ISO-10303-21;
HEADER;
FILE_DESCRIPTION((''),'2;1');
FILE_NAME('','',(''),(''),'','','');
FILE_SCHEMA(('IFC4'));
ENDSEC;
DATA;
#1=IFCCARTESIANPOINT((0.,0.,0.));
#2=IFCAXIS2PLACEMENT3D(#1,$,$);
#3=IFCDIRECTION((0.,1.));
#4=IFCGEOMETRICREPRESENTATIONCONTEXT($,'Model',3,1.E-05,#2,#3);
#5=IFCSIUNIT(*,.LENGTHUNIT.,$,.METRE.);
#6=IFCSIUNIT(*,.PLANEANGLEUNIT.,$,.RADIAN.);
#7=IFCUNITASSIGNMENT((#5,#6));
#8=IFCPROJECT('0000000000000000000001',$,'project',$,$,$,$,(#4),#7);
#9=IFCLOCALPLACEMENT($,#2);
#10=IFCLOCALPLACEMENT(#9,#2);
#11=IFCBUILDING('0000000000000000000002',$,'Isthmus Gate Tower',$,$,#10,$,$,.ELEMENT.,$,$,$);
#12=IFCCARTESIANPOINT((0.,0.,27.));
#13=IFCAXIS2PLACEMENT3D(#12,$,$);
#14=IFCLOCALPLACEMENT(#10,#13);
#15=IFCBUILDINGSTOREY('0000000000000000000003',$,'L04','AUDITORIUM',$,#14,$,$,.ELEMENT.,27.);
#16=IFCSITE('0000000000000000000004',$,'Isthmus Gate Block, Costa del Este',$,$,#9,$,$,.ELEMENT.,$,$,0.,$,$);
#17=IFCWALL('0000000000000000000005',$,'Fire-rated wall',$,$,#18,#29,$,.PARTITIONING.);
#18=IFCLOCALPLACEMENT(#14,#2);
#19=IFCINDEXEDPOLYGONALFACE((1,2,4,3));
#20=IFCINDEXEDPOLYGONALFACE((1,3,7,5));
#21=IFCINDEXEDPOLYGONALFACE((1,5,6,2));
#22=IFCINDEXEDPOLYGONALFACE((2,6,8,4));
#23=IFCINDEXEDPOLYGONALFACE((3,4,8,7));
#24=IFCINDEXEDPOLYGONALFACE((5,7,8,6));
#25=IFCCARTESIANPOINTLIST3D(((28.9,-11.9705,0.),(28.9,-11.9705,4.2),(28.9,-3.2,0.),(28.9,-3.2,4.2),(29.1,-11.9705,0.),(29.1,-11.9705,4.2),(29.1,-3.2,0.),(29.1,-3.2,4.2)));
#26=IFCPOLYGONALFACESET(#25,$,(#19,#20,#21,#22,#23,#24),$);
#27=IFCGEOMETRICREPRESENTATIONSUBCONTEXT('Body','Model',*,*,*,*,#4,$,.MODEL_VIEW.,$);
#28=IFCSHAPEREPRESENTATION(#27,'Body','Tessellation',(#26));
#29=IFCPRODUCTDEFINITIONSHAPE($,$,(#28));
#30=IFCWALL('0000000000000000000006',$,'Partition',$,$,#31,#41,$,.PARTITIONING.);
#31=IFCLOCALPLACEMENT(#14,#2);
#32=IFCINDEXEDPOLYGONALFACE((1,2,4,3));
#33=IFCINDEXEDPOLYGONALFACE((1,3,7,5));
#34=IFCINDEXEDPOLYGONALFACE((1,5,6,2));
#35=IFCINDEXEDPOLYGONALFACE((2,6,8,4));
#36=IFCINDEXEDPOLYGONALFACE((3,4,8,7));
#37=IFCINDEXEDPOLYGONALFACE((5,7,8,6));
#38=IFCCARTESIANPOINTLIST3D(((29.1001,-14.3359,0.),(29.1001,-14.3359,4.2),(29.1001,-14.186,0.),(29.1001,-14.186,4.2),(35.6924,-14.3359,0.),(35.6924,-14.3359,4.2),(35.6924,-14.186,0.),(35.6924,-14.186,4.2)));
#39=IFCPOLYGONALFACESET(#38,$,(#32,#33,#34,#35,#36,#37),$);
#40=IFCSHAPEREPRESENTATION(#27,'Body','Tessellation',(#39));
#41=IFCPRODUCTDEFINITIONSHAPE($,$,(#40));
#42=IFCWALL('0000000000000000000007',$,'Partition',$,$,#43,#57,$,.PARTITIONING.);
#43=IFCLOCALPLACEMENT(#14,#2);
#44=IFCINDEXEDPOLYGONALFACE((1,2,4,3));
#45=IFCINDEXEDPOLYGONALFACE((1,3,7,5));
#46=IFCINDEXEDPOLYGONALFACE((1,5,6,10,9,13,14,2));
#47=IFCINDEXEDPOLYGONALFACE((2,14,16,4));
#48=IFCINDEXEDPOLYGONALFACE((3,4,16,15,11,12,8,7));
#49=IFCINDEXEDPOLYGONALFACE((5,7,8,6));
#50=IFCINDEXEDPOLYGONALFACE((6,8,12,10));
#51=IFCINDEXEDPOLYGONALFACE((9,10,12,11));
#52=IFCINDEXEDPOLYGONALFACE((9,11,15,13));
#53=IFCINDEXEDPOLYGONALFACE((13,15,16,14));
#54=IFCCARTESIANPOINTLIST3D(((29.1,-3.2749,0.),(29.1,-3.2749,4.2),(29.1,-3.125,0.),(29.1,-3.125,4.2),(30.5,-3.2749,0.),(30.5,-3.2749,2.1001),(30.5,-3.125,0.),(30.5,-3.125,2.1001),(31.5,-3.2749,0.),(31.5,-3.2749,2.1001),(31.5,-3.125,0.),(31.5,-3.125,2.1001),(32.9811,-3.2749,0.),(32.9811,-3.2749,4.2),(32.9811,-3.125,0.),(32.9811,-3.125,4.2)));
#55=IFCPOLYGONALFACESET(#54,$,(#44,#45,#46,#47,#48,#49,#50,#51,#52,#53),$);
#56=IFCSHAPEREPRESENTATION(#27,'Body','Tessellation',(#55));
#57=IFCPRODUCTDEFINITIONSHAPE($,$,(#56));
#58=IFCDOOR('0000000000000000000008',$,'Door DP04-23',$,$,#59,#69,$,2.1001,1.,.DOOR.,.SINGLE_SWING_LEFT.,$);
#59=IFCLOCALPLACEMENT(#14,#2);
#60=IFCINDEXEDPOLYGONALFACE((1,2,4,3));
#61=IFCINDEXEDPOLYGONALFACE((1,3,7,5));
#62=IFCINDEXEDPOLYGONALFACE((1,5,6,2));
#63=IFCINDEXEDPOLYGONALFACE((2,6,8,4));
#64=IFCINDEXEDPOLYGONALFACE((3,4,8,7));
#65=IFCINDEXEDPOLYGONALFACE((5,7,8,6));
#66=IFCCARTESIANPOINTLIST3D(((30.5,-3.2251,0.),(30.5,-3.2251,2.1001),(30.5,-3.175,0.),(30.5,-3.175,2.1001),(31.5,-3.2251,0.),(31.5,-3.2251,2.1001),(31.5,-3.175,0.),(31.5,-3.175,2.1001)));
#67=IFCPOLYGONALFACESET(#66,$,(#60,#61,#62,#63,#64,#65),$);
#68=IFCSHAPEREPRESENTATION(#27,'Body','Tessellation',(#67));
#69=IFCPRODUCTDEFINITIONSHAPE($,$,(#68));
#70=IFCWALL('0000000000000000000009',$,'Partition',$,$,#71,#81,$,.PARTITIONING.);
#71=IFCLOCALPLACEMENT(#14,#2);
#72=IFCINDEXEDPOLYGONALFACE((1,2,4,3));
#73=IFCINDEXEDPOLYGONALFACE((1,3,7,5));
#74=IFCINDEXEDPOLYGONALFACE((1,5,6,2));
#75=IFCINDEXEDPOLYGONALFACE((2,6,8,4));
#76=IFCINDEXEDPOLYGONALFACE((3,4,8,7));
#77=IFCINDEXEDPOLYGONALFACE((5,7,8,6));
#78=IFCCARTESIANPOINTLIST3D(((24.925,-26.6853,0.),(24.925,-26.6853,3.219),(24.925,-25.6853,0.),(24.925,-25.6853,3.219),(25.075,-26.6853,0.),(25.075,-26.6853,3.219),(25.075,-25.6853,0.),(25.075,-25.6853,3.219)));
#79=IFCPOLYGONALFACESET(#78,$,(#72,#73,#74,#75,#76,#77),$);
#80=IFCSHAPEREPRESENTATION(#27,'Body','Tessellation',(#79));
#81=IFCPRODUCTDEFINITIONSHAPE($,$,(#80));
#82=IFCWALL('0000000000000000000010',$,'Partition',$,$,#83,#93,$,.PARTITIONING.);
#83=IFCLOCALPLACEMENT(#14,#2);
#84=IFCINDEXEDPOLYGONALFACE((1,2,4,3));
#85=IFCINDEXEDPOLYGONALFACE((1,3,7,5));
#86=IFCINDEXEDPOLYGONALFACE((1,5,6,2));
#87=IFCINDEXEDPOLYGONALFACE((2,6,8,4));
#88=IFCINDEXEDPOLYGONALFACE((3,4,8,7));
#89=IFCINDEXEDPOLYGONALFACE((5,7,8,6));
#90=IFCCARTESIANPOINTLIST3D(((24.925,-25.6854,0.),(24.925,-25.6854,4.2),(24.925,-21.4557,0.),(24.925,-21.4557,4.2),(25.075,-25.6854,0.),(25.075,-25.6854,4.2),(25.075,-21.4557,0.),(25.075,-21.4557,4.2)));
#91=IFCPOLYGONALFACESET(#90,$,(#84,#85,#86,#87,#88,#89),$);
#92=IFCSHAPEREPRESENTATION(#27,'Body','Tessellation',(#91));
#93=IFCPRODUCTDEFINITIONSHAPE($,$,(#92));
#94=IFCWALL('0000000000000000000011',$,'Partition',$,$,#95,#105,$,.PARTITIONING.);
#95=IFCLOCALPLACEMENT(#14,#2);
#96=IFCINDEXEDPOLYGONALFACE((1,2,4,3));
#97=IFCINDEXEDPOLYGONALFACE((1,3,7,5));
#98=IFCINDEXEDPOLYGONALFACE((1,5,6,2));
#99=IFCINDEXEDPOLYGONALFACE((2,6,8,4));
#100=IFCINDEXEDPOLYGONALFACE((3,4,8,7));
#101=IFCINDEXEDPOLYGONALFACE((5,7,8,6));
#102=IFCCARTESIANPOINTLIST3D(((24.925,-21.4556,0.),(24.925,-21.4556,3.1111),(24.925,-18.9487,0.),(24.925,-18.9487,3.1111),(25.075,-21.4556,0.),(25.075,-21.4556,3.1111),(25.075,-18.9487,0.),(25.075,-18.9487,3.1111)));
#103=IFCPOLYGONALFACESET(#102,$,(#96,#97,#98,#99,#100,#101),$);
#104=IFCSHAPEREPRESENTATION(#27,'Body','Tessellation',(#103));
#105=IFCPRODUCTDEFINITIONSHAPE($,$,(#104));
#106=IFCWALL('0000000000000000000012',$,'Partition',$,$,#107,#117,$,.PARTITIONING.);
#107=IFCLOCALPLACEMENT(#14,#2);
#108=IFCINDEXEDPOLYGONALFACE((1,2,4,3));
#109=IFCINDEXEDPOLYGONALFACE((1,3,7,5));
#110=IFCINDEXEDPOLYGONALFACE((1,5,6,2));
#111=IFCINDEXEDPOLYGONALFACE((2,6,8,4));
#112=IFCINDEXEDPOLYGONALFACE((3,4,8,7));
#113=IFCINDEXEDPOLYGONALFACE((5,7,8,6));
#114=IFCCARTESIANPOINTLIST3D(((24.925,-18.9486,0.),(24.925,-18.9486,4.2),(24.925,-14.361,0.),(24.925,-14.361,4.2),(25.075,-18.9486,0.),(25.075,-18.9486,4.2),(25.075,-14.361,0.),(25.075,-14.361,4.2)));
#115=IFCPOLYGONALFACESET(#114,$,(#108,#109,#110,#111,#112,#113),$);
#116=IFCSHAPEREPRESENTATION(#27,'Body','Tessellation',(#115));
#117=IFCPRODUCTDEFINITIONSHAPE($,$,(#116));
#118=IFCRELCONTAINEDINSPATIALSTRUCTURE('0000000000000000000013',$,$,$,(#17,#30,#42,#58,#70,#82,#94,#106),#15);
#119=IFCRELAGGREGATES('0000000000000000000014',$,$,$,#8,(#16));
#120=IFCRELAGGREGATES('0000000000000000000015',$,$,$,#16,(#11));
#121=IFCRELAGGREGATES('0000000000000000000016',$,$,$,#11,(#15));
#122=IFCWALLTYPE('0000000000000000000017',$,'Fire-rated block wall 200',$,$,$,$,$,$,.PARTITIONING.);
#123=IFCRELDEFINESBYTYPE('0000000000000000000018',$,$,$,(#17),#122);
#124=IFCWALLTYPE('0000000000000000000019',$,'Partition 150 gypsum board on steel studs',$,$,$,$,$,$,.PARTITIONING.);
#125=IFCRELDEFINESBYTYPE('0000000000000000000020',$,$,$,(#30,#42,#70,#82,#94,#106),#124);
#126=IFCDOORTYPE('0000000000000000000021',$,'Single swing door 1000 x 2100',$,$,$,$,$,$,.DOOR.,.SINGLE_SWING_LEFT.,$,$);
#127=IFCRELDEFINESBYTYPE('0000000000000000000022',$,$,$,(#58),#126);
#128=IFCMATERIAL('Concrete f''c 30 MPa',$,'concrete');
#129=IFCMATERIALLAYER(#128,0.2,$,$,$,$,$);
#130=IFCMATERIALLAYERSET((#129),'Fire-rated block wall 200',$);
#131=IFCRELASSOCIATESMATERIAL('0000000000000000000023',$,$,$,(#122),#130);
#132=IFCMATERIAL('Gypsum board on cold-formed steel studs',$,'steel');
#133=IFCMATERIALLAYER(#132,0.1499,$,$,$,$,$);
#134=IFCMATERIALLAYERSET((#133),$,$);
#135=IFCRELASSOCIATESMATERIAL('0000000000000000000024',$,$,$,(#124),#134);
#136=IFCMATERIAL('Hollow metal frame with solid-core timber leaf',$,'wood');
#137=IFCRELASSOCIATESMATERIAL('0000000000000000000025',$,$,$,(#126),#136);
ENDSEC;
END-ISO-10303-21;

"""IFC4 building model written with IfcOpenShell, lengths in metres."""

from ifc_helpers import new_model, si_unit, direction, frame, frame_2d, origin, place, context, subcontext, project, spatial, rectangle, extrude, material, layer, layer_set, type_object, element, fill, save


model = new_model("IFC4")

# Units and contexts
model_context = context("Model", 3, precision=1e-05, world=origin(), true_north=direction((0.0, 1.0)))
body_context = subcontext(model_context, "Body", "Model", "MODEL_VIEW")
ifc_project = project(units=[si_unit("LENGTHUNIT", "METRE"), si_unit("PLANEANGLEUNIT", "RADIAN")], contexts=[model_context])

# Site, building, storey
site_placement = place(None, origin())
site = spatial("IfcSite", under=ifc_project, at=site_placement, Name="Isthmus Gate Block, Costa del Este", CompositionType="ELEMENT", RefElevation=0.0)
building_placement = place(site_placement, origin())
building = spatial("IfcBuilding", under=site, at=building_placement, Name="Isthmus Gate Tower", CompositionType="ELEMENT")
storey_placement = place(building_placement, frame((0.0, 0.0, 27.0)))
storey = spatial("IfcBuildingStorey", under=building, at=storey_placement, Name="L04", Description="AUDITORIUM", CompositionType="ELEMENT", Elevation=27.0)

# Shared definitions
ifc_material_1 = material(Name="Concrete f'c 30 MPa", Category="concrete")
ifc_layer_1 = layer(ifc_material_1, 0.2)
ifc_layer_set_1 = layer_set([ifc_layer_1], Name="Fire-rated block wall 200")
wall_type_1 = type_object("IfcWallType", Name="Fire-rated block wall 200", PredefinedType="PARTITIONING", material=ifc_layer_set_1)

# Walls
wall_1_placement = place(storey_placement, frame((29.0, -11.9705, 0.0), z_axis=(0.0, 0.0, 1.0), x_axis=(0.0, 1.0, 0.0)))
element("IfcWall", 1, at=wall_1_placement, inside=storey, type_object=wall_type_1, Name="Fire-rated wall", PredefinedType="PARTITIONING", context=body_context, shape_type="SweptSolid", body=[
    extrude(rectangle(XDim=8.7705, YDim=0.2, at=frame_2d((4.3853, 0.0))), origin(), (0.0, 0.0, 1.0), 4.2),
])
ifc_material_2 = material(Name="Gypsum board on cold-formed steel studs", Category="steel")
ifc_layer_2 = layer(ifc_material_2, 0.1499)
ifc_layer_set_2 = layer_set([ifc_layer_2])
wall_type_2 = type_object("IfcWallType", Name="Partition 150 gypsum board on steel studs", PredefinedType="PARTITIONING", material=ifc_layer_set_2)
wall_2_placement = place(storey_placement, frame((29.1001, -14.261, 0.0), z_axis=(0.0, 0.0, 1.0), x_axis=(1.0, 0.0, 0.0)))
element("IfcWall", 2, at=wall_2_placement, inside=storey, type_object=wall_type_2, Name="Partition", PredefinedType="PARTITIONING", context=body_context, shape_type="SweptSolid", body=[
    extrude(rectangle(XDim=6.5923, YDim=0.1499, at=frame_2d((3.2961, 0.0))), origin(), (0.0, 0.0, 1.0), 4.2),
])

# Wall, opening, door
wall_3_placement = place(storey_placement, frame((29.1001, -3.2, 0.0), z_axis=(0.0, 0.0, 1.0), x_axis=(1.0, 0.0, 0.0)))
wall_3 = element("IfcWall", 3, at=wall_3_placement, inside=storey, type_object=wall_type_2, Name="Partition", PredefinedType="PARTITIONING", context=body_context, shape_type="SweptSolid", body=[
    extrude(rectangle(XDim=3.8811, YDim=0.1499, at=frame_2d((1.9404, 0.0))), origin(), (0.0, 0.0, 1.0), 4.2),
])
opening_1_placement = place(wall_3_placement, frame((1.3999, 0.0, 0.0)))
opening_1 = element("IfcOpeningElement", 4, at=opening_1_placement, cuts=wall_3, PredefinedType="OPENING", context=body_context, shape_type="SweptSolid", body=[
    extrude(rectangle(XDim=1.0, YDim=2.1001, at=frame_2d((0.5, 1.05))), frame((0.0, 0.085, 0.0), z_axis=(0.0, -1.0, 0.0), x_axis=(1.0, 0.0, 0.0)), (0.0, 0.0, 1.0), 0.1699),
])
ifc_material_3 = material(Name="Hollow metal frame with solid-core timber leaf", Category="wood")
door_type_1 = type_object("IfcDoorType", Name="Single swing door 1000 x 2100", OperationType="SINGLE_SWING_LEFT", PredefinedType="DOOR", material=ifc_material_3)
door_1_placement = place(opening_1_placement, origin())
door_1 = element("IfcDoor", 5, at=door_1_placement, inside=storey, type_object=door_type_1, Name="Door DP04-23", OperationType="SINGLE_SWING_LEFT", OverallHeight=2.1001, OverallWidth=1.0, PredefinedType="DOOR", context=body_context, shape_type="SweptSolid", body=[
    extrude(rectangle(XDim=1.0, YDim=2.1001, at=frame_2d((0.5, 1.05))), frame((0.0, 0.0249, 0.0), z_axis=(0.0, -1.0, 0.0), x_axis=(1.0, 0.0, 0.0)), (0.0, 0.0, 1.0), 0.05),
])
fill(opening_1, door_1)

# Walls
wall_4_placement = place(storey_placement, frame((25.0, -26.6853, 0.0), z_axis=(0.0, 0.0, 1.0), x_axis=(0.0, 1.0, 0.0)))
element("IfcWall", 6, at=wall_4_placement, inside=storey, type_object=wall_type_2, Name="Partition", PredefinedType="PARTITIONING", context=body_context, shape_type="SweptSolid", body=[
    extrude(rectangle(XDim=1.0, YDim=0.1499, at=frame_2d((0.5, 0.0))), origin(), (0.0, 0.0, 1.0), 3.219),
])
wall_5_placement = place(storey_placement, frame((25.0, -25.6853, 0.0), z_axis=(0.0, 0.0, 1.0), x_axis=(0.0, 1.0, 0.0)))
element("IfcWall", 7, at=wall_5_placement, inside=storey, type_object=wall_type_2, Name="Partition", PredefinedType="PARTITIONING", context=body_context, shape_type="SweptSolid", body=[
    extrude(rectangle(XDim=4.2297, YDim=0.1499, at=frame_2d((2.1147, 0.0))), origin(), (0.0, 0.0, 1.0), 4.2),
])
wall_6_placement = place(storey_placement, frame((25.0, -21.4556, 0.0), z_axis=(0.0, 0.0, 1.0), x_axis=(0.0, 1.0, 0.0)))
element("IfcWall", 8, at=wall_6_placement, inside=storey, type_object=wall_type_2, Name="Partition", PredefinedType="PARTITIONING", context=body_context, shape_type="SweptSolid", body=[
    extrude(rectangle(XDim=2.5068, YDim=0.1499, at=frame_2d((1.2534, 0.0))), origin(), (0.0, 0.0, 1.0), 3.1111),
])
wall_7_placement = place(storey_placement, frame((25.0, -18.9487, 0.0), z_axis=(0.0, 0.0, 1.0), x_axis=(0.0, 1.0, 0.0)))
element("IfcWall", 9, at=wall_7_placement, inside=storey, type_object=wall_type_2, Name="Partition", PredefinedType="PARTITIONING", context=body_context, shape_type="SweptSolid", body=[
    extrude(rectangle(XDim=4.5876, YDim=0.1499, at=frame_2d((2.2939, 0.0))), origin(), (0.0, 0.0, 1.0), 4.2),
])

save(model, "model.ifc")
